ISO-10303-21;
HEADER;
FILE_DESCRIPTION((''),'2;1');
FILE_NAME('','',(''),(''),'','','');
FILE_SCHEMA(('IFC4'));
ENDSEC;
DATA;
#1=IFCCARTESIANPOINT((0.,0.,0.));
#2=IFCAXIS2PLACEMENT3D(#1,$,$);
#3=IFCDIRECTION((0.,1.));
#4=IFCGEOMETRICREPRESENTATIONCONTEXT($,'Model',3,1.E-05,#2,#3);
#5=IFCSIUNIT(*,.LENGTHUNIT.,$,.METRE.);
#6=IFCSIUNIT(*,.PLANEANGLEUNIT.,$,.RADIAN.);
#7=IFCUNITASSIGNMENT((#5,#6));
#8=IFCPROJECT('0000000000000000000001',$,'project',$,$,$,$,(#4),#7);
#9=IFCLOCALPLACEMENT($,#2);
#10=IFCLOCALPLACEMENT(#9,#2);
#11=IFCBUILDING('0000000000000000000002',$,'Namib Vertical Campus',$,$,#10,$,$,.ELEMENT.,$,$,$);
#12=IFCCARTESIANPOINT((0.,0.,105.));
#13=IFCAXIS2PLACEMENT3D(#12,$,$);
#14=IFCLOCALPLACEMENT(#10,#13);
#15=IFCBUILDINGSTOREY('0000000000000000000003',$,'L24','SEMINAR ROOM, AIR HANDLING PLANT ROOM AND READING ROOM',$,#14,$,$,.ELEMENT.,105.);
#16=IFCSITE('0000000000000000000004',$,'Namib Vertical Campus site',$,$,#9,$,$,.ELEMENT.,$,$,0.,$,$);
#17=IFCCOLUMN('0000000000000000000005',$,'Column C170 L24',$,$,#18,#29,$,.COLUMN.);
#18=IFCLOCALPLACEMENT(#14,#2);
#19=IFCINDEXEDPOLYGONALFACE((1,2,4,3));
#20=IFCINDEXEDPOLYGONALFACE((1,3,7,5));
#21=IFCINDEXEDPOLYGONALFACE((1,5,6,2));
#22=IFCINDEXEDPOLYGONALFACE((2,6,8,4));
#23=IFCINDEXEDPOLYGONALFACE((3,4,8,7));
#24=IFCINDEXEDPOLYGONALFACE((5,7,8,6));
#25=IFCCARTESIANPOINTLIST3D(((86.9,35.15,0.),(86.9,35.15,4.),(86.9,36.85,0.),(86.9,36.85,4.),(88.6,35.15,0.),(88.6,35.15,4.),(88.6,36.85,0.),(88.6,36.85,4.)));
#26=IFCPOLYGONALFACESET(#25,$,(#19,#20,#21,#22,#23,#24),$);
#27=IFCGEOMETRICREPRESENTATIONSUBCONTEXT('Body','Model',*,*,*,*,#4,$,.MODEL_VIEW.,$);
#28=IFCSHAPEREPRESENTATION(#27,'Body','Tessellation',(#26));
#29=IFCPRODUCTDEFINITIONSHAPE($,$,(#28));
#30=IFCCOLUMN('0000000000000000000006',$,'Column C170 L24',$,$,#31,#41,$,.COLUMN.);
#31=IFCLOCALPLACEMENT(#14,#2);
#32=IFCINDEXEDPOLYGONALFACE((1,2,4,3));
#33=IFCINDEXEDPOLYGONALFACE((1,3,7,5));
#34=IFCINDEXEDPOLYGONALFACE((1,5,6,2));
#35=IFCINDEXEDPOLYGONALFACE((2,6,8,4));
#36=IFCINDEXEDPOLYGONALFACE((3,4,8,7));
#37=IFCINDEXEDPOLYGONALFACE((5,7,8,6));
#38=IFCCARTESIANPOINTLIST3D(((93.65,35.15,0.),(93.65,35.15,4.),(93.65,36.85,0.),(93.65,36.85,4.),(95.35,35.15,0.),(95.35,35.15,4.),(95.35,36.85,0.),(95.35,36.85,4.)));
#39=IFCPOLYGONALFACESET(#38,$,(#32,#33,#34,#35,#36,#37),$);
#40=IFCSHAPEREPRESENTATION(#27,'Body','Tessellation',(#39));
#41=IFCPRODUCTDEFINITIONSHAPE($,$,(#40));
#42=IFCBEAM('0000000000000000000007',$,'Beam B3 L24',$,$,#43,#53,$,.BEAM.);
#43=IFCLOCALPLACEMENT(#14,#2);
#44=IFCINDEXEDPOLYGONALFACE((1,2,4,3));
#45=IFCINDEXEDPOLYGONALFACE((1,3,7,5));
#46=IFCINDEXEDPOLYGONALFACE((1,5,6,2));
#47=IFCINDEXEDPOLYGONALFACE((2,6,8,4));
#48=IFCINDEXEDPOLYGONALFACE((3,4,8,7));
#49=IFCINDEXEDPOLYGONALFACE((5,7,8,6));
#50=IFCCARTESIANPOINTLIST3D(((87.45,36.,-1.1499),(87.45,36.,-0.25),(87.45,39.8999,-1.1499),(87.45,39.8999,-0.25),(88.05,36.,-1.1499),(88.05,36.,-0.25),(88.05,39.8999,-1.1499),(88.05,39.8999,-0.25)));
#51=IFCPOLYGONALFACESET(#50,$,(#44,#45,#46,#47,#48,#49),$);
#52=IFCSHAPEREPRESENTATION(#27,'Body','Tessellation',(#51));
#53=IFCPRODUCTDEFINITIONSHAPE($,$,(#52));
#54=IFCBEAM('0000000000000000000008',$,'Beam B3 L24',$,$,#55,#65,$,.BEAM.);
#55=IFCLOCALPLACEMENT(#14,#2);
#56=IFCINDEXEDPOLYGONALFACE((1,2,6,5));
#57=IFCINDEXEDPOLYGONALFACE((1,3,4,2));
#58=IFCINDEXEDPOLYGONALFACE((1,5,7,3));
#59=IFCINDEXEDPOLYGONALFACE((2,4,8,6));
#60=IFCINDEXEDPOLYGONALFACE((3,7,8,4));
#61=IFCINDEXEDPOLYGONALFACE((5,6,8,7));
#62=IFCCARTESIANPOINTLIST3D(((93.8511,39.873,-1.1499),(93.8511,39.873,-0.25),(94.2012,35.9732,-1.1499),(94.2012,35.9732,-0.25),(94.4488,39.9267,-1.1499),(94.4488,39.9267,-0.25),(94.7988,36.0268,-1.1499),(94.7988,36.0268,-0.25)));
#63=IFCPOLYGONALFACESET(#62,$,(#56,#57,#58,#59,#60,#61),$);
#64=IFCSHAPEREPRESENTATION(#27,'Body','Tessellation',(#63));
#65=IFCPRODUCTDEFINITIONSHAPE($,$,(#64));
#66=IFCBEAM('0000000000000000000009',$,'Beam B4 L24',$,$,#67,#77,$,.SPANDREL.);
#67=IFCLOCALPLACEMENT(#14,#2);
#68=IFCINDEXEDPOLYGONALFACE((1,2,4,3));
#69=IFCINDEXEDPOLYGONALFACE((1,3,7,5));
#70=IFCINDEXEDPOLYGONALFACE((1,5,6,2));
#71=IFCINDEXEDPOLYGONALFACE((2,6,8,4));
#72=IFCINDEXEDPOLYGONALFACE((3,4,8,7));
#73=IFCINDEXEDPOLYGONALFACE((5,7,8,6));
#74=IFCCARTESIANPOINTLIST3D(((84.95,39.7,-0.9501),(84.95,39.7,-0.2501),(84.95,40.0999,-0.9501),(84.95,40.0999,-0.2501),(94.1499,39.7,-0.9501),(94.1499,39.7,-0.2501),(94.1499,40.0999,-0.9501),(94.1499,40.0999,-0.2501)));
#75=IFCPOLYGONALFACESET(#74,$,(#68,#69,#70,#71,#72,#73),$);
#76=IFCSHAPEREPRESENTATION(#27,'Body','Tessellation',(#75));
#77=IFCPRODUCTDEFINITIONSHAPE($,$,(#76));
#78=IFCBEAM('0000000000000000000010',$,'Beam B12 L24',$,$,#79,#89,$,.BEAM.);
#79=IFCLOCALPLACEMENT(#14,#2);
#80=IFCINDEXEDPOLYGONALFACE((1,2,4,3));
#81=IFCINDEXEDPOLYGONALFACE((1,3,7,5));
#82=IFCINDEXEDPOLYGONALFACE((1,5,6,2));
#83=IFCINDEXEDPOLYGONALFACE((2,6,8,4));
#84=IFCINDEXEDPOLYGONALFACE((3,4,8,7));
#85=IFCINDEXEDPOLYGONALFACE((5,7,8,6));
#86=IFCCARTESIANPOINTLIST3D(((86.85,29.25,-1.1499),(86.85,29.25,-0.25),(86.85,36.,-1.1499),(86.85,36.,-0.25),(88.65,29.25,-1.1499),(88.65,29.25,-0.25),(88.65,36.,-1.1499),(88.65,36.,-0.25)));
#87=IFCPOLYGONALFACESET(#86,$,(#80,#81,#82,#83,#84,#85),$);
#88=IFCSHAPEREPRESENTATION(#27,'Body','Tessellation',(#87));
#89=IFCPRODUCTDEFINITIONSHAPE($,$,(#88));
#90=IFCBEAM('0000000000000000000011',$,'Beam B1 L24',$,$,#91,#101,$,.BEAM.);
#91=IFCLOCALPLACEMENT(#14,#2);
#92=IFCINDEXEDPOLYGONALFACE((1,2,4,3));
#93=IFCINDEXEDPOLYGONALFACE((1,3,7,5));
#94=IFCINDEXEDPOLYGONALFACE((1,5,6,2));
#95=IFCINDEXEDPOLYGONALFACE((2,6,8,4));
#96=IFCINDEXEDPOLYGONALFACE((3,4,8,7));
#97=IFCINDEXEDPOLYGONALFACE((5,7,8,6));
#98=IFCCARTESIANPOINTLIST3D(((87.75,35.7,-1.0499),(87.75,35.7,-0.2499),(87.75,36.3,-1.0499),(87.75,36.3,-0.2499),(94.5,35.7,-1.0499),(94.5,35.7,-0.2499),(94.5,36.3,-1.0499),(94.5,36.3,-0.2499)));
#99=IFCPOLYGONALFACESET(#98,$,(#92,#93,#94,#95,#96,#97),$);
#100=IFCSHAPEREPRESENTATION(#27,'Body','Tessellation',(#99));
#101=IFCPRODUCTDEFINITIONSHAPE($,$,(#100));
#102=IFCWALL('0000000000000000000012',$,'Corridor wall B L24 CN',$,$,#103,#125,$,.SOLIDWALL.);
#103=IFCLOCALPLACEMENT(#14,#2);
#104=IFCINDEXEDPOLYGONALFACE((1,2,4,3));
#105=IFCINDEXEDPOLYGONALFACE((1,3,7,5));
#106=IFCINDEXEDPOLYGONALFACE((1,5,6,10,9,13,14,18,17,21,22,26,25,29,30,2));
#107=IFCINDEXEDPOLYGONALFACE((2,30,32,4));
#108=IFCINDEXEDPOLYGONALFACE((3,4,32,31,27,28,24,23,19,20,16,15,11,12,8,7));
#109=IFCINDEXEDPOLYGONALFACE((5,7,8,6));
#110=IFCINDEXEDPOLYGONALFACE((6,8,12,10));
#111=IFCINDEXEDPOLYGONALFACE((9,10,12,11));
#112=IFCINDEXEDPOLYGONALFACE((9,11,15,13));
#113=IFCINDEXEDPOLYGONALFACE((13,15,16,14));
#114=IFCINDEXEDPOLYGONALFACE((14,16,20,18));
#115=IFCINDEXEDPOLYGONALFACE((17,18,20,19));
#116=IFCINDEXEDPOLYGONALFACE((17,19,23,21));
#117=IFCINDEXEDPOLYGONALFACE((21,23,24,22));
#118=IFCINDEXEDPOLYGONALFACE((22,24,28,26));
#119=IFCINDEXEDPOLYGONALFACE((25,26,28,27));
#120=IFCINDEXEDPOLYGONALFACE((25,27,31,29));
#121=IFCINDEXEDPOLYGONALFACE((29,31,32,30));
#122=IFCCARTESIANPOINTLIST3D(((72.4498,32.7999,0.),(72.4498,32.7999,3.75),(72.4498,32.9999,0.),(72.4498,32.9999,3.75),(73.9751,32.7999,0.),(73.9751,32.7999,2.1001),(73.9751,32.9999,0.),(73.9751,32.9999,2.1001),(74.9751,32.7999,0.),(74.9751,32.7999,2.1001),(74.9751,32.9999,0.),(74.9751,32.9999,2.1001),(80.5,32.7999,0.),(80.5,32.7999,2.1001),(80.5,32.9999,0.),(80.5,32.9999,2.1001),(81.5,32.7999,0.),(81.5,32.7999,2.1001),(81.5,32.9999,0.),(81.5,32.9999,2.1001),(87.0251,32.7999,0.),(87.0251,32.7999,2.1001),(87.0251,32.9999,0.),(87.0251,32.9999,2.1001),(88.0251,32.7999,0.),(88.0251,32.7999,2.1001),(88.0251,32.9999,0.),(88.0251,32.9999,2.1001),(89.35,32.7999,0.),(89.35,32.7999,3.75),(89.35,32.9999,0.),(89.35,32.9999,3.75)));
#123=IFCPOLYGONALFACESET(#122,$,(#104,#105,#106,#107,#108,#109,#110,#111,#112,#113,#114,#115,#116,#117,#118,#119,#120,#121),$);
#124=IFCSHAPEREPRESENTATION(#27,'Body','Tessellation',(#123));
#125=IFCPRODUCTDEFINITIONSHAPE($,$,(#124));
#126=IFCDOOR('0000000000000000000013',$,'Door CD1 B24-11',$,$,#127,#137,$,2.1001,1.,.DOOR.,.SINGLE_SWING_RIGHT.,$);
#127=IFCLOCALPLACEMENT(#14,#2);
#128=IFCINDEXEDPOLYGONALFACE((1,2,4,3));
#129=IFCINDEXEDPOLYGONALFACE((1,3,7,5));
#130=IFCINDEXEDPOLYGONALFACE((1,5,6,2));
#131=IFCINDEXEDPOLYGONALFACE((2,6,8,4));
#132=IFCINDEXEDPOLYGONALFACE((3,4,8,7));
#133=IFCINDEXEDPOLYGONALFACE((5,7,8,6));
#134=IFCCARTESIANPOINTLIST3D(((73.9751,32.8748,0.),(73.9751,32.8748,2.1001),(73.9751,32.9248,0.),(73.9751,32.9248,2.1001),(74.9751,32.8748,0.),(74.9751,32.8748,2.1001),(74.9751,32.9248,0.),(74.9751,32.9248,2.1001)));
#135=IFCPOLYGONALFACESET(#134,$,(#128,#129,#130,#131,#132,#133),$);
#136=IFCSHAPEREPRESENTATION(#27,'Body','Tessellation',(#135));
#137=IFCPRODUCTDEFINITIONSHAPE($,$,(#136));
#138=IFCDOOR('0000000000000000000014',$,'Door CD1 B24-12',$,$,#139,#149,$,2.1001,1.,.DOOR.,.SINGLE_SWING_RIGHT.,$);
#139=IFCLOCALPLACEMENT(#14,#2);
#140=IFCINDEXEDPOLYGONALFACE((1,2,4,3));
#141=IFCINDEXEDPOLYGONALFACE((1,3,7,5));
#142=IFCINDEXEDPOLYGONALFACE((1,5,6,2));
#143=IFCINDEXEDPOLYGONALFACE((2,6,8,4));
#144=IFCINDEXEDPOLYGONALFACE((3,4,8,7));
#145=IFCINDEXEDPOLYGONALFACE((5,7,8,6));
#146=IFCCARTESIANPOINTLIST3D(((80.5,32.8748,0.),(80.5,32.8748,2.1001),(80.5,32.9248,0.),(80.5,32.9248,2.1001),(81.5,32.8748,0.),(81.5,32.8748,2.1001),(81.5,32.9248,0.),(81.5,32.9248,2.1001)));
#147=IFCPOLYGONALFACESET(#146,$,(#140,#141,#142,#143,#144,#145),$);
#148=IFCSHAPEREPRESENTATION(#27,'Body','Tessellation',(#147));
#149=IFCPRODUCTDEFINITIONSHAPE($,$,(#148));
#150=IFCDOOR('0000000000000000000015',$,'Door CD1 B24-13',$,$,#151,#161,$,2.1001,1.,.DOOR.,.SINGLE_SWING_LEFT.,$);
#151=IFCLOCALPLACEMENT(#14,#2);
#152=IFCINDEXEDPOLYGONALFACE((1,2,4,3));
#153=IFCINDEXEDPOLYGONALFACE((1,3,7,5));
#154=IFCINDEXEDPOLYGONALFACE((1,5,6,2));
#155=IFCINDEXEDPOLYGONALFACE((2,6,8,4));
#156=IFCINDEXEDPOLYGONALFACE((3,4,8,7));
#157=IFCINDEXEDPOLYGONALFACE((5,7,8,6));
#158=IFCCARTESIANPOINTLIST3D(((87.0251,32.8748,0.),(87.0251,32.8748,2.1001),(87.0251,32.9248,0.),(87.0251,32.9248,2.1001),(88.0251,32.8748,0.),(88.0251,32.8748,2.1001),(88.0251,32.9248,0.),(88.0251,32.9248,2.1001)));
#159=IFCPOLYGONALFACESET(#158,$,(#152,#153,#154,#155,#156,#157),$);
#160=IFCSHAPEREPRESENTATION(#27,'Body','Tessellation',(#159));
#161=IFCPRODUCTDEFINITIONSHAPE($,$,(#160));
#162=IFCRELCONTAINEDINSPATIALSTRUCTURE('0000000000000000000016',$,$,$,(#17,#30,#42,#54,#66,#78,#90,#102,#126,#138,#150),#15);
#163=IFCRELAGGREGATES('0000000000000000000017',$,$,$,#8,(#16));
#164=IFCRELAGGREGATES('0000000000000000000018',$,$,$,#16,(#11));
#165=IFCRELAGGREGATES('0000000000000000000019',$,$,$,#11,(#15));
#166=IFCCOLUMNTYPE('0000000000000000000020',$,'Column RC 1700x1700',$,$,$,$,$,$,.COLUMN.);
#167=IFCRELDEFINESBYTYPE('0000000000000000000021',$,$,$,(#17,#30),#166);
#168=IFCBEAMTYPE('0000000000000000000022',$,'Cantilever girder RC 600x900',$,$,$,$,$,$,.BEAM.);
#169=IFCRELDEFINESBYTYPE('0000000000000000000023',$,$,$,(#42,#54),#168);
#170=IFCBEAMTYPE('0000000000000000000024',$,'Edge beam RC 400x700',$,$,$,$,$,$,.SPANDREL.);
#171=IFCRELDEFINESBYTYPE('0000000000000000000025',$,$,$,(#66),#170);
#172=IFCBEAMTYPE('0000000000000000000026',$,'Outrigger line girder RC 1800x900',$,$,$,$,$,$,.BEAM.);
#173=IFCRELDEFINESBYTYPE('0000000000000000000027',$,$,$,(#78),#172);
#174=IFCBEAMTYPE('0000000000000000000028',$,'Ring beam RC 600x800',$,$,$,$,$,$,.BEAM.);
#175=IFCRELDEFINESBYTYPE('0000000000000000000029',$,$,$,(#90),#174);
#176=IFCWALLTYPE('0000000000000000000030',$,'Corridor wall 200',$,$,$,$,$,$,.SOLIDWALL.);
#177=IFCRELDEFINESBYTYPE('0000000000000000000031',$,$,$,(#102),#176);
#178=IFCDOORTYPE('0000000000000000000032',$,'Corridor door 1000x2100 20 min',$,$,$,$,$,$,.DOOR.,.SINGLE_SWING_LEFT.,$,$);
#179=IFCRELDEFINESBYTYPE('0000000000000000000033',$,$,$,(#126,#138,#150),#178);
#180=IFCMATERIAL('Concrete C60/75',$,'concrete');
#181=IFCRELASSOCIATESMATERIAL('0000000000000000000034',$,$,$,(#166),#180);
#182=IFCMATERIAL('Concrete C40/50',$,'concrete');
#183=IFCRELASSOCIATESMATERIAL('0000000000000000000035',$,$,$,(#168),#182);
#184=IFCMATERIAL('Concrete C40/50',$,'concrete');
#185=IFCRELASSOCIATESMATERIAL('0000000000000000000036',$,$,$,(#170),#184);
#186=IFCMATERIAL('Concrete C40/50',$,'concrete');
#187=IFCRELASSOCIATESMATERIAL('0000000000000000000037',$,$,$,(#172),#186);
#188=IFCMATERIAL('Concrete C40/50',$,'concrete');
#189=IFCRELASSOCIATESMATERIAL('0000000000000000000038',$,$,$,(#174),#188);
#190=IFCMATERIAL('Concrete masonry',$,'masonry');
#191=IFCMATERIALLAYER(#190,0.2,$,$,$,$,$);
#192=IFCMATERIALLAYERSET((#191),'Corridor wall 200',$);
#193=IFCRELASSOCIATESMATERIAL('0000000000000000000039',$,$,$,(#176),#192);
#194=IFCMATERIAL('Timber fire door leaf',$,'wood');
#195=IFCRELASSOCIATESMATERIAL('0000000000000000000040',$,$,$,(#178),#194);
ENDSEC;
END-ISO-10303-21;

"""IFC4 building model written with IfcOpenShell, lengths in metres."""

from ifc_helpers import new_model, si_unit, direction, frame, frame_2d, origin, origin_2d, place, context, subcontext, project, spatial, rectangle, extrude, material, layer, layer_set, material_profile, profile_set, type_object, element, fill, save


model = new_model("IFC4")

# Units and contexts
model_context = context("Model", 3, precision=1e-05, world=origin(), true_north=direction((0.0, 1.0)))
body_context = subcontext(model_context, "Body", "Model", "MODEL_VIEW")
ifc_project = project(units=[si_unit("LENGTHUNIT", "METRE"), si_unit("PLANEANGLEUNIT", "RADIAN")], contexts=[model_context])

# Site, building, storey
site_placement = place(None, origin())
site = spatial("IfcSite", under=ifc_project, at=site_placement, Name="Namib Vertical Campus site", CompositionType="ELEMENT", RefElevation=0.0)
building_placement = place(site_placement, origin())
building = spatial("IfcBuilding", under=site, at=building_placement, Name="Namib Vertical Campus", CompositionType="ELEMENT")
storey_placement = place(building_placement, frame((0.0, 0.0, 105.0)))
storey = spatial("IfcBuildingStorey", under=building, at=storey_placement, Name="L24", Description="SEMINAR ROOM, AIR HANDLING PLANT ROOM AND READING ROOM", CompositionType="ELEMENT", Elevation=105.0)

# Columns
ifc_material_1 = material(Name="Concrete C60/75", Category="concrete")
ifc_material_profile_1 = material_profile(ifc_material_1, rectangle(XDim=1.7, YDim=1.7, at=origin_2d()))
ifc_profile_set_1 = profile_set([ifc_material_profile_1], Name="Concrete C60/75")
column_type = type_object("IfcColumnType", Name="Column RC 1700x1700", PredefinedType="COLUMN", material=ifc_profile_set_1)
for number, where, z_axis, x_axis, name in (
    (1, (87.75, 36.0, 0.0), (0.0, 0.0, 1.0), (1.0, 0.0, 0.0), "Column C170 L24"),
    (2, (94.5, 36.0, 0.0), (0.0, 0.0, 1.0), (1.0, 0.0, 0.0), "Column C170 L24"),
):
    element("IfcColumn", number, at=place(storey_placement, frame(where, z_axis=z_axis, x_axis=x_axis)), inside=storey, type_object=column_type, Name=name, PredefinedType="COLUMN", context=body_context, shape_type="SweptSolid", body=[
        extrude(rectangle(XDim=1.7, YDim=1.7, at=origin_2d()), origin(), (0.0, 0.0, 1.0), 4.0),
    ])

# Beams
ifc_material_2 = material(Name="Concrete C40/50", Category="concrete")
ifc_material_profile_2 = material_profile(ifc_material_2, rectangle(XDim=0.6001, YDim=0.8999, at=origin_2d()))
ifc_profile_set_2 = profile_set([ifc_material_profile_2], Name="Concrete C40/50")
beam_type_1 = type_object("IfcBeamType", Name="Cantilever girder RC 600x900", PredefinedType="BEAM", material=ifc_profile_set_2)
beam_1_placement = place(storey_placement, frame((87.75, 36.0, -0.7), z_axis=(0.0, 1.0, 0.0), x_axis=(-1.0, 0.0, 0.0)))
element("IfcBeam", 3, at=beam_1_placement, inside=storey, type_object=beam_type_1, Name="Beam B3 L24", PredefinedType="BEAM", context=body_context, shape_type="SweptSolid", body=[
    extrude(rectangle(XDim=0.6001, YDim=0.8999, at=origin_2d()), origin(), (0.0, 0.0, 1.0), 3.8999),
])
beam_2_placement = place(storey_placement, frame((94.5, 36.0, -0.7), z_axis=(-0.089411, 0.995995, 0.0), x_axis=(-0.995995, -0.089411, 0.0)))
element("IfcBeam", 4, at=beam_2_placement, inside=storey, type_object=beam_type_1, Name="Beam B3 L24", PredefinedType="BEAM", context=body_context, shape_type="SweptSolid", body=[
    extrude(rectangle(XDim=0.6001, YDim=0.8999, at=origin_2d()), origin(), (0.0, 0.0, 1.0), 3.9155),
])
ifc_material_3 = material(Name="Concrete C40/50", Category="concrete")
ifc_material_profile_3 = material_profile(ifc_material_3, rectangle(XDim=0.3999, YDim=0.7, at=origin_2d()))
ifc_profile_set_3 = profile_set([ifc_material_profile_3], Name="Concrete C40/50")
beam_type_2 = type_object("IfcBeamType", Name="Edge beam RC 400x700", PredefinedType="SPANDREL", material=ifc_profile_set_3)
beam_3_placement = place(storey_placement, frame((84.95, 39.8999, -0.6001), z_axis=(1.0, 0.0, 0.0), x_axis=(0.0, 1.0, 0.0)))
element("IfcBeam", 5, at=beam_3_placement, inside=storey, type_object=beam_type_2, Name="Beam B4 L24", PredefinedType="SPANDREL", context=body_context, shape_type="SweptSolid", body=[
    extrude(rectangle(XDim=0.3999, YDim=0.7, at=origin_2d()), origin(), (0.0, 0.0, 1.0), 9.2),
])
ifc_material_4 = material(Name="Concrete C40/50", Category="concrete")
ifc_material_profile_4 = material_profile(ifc_material_4, rectangle(XDim=1.8, YDim=0.8999, at=origin_2d()))
ifc_profile_set_4 = profile_set([ifc_material_profile_4], Name="Concrete C40/50")
beam_type_3 = type_object("IfcBeamType", Name="Outrigger line girder RC 1800x900", PredefinedType="BEAM", material=ifc_profile_set_4)
beam_4_placement = place(storey_placement, frame((87.75, 36.0, -0.7), z_axis=(0.0, -1.0, 0.0), x_axis=(1.0, 0.0, 0.0)))
element("IfcBeam", 6, at=beam_4_placement, inside=storey, type_object=beam_type_3, Name="Beam B12 L24", PredefinedType="BEAM", context=body_context, shape_type="SweptSolid", body=[
    extrude(rectangle(XDim=1.8, YDim=0.8999, at=origin_2d()), origin(), (0.0, 0.0, 1.0), 6.75),
])
ifc_material_5 = material(Name="Concrete C40/50", Category="concrete")
ifc_material_profile_5 = material_profile(ifc_material_5, rectangle(XDim=0.6001, YDim=0.8, at=origin_2d()))
ifc_profile_set_5 = profile_set([ifc_material_profile_5], Name="Concrete C40/50")
beam_type_4 = type_object("IfcBeamType", Name="Ring beam RC 600x800", PredefinedType="BEAM", material=ifc_profile_set_5)
beam_5_placement = place(storey_placement, frame((87.75, 36.0, -0.6499), z_axis=(1.0, 0.0, 0.0), x_axis=(0.0, 1.0, 0.0)))
element("IfcBeam", 7, at=beam_5_placement, inside=storey, type_object=beam_type_4, Name="Beam B1 L24", PredefinedType="BEAM", context=body_context, shape_type="SweptSolid", body=[
    extrude(rectangle(XDim=0.6001, YDim=0.8, at=origin_2d()), origin(), (0.0, 0.0, 1.0), 6.75),
])

# Wall, openings, doors
ifc_material_6 = material(Name="Concrete masonry", Category="masonry")
ifc_layer_1 = layer(ifc_material_6, 0.2)
ifc_layer_set_1 = layer_set([ifc_layer_1], Name="Corridor wall 200")
wall_type_1 = type_object("IfcWallType", Name="Corridor wall 200", PredefinedType="SOLIDWALL", material=ifc_layer_set_1)
wall_1_placement = place(storey_placement, frame((89.3501, 32.8999, 0.0), z_axis=(0.0, 0.0, 1.0), x_axis=(-1.0, 0.0, 0.0)))
wall_1 = element("IfcWall", 8, at=wall_1_placement, inside=storey, type_object=wall_type_1, Name="Corridor wall B L24 CN", PredefinedType="SOLIDWALL", context=body_context, shape_type="SweptSolid", body=[
    extrude(rectangle(XDim=16.9001, YDim=0.2, at=frame_2d((8.4502, 0.0))), origin(), (0.0, 0.0, 1.0), 3.75),
])
opening_1_placement = place(wall_1_placement, frame((14.375, 0.0, 0.0)))
opening_1 = element("IfcOpeningElement", 9, at=opening_1_placement, cuts=wall_1, PredefinedType="OPENING", context=body_context, shape_type="SweptSolid", body=[
    extrude(rectangle(XDim=1.0, YDim=2.1001, at=frame_2d((0.5, 1.05))), frame((0.0, 0.1099, 0.0), z_axis=(0.0, -1.0, 0.0), x_axis=(1.0, 0.0, 0.0)), (0.0, 0.0, 1.0), 0.22),
])
opening_2_placement = place(wall_1_placement, frame((7.8501, 0.0, 0.0)))
opening_2 = element("IfcOpeningElement", 10, at=opening_2_placement, cuts=wall_1, PredefinedType="OPENING", context=body_context, shape_type="SweptSolid", body=[
    extrude(rectangle(XDim=1.0, YDim=2.1001, at=frame_2d((0.5, 1.05))), frame((0.0, 0.1099, 0.0), z_axis=(0.0, -1.0, 0.0), x_axis=(1.0, 0.0, 0.0)), (0.0, 0.0, 1.0), 0.22),
])
opening_3_placement = place(wall_1_placement, frame((1.325, 0.0, 0.0)))
opening_3 = element("IfcOpeningElement", 11, at=opening_3_placement, cuts=wall_1, PredefinedType="OPENING", context=body_context, shape_type="SweptSolid", body=[
    extrude(rectangle(XDim=1.0, YDim=2.1001, at=frame_2d((0.5, 1.05))), frame((0.0, 0.1099, 0.0), z_axis=(0.0, -1.0, 0.0), x_axis=(1.0, 0.0, 0.0)), (0.0, 0.0, 1.0), 0.22),
])
ifc_material_7 = material(Name="Timber fire door leaf", Category="wood")
door_type = type_object("IfcDoorType", Name="Corridor door 1000x2100 20 min", OperationType="SINGLE_SWING_LEFT", PredefinedType="DOOR", material=ifc_material_7)
door_1_placement = place(opening_1_placement, frame((1.0, 0.0, 0.0), z_axis=(0.0, 0.0, 1.0), x_axis=(-1.0, 0.0, 0.0)))
door_1 = element("IfcDoor", 12, at=door_1_placement, inside=storey, type_object=door_type, Name="Door CD1 B24-11", OperationType="SINGLE_SWING_RIGHT", OverallHeight=2.1001, OverallWidth=1.0, PredefinedType="DOOR", context=body_context, shape_type="SweptSolid", body=[
    extrude(rectangle(XDim=1.0, YDim=2.1001, at=frame_2d((0.5, 1.05))), frame((0.0, 0.0249, 0.0), z_axis=(0.0, -1.0, 0.0), x_axis=(1.0, 0.0, 0.0)), (0.0, 0.0, 1.0), 0.05),
])
fill(opening_1, door_1)
door_2_placement = place(opening_2_placement, frame((1.0, 0.0, 0.0), z_axis=(0.0, 0.0, 1.0), x_axis=(-1.0, 0.0, 0.0)))
door_2 = element("IfcDoor", 13, at=door_2_placement, inside=storey, type_object=door_type, Name="Door CD1 B24-12", OperationType="SINGLE_SWING_RIGHT", OverallHeight=2.1001, OverallWidth=1.0, PredefinedType="DOOR", context=body_context, shape_type="SweptSolid", body=[
    extrude(rectangle(XDim=1.0, YDim=2.1001, at=frame_2d((0.5, 1.05))), frame((0.0, 0.0249, 0.0), z_axis=(0.0, -1.0, 0.0), x_axis=(1.0, 0.0, 0.0)), (0.0, 0.0, 1.0), 0.05),
])
fill(opening_2, door_2)
door_3_placement = place(opening_3_placement, frame((1.0, 0.0, 0.0), z_axis=(0.0, 0.0, 1.0), x_axis=(-1.0, 0.0, 0.0)))
door_3 = element("IfcDoor", 14, at=door_3_placement, inside=storey, type_object=door_type, Name="Door CD1 B24-13", OperationType="SINGLE_SWING_LEFT", OverallHeight=2.1001, OverallWidth=1.0, PredefinedType="DOOR", context=body_context, shape_type="SweptSolid", body=[
    extrude(rectangle(XDim=1.0, YDim=2.1001, at=frame_2d((0.5, 1.05))), frame((0.0, 0.0249, 0.0), z_axis=(0.0, -1.0, 0.0), x_axis=(1.0, 0.0, 0.0)), (0.0, 0.0, 1.0), 0.05),
])
fill(opening_3, door_3)

save(model, "model.ifc")
